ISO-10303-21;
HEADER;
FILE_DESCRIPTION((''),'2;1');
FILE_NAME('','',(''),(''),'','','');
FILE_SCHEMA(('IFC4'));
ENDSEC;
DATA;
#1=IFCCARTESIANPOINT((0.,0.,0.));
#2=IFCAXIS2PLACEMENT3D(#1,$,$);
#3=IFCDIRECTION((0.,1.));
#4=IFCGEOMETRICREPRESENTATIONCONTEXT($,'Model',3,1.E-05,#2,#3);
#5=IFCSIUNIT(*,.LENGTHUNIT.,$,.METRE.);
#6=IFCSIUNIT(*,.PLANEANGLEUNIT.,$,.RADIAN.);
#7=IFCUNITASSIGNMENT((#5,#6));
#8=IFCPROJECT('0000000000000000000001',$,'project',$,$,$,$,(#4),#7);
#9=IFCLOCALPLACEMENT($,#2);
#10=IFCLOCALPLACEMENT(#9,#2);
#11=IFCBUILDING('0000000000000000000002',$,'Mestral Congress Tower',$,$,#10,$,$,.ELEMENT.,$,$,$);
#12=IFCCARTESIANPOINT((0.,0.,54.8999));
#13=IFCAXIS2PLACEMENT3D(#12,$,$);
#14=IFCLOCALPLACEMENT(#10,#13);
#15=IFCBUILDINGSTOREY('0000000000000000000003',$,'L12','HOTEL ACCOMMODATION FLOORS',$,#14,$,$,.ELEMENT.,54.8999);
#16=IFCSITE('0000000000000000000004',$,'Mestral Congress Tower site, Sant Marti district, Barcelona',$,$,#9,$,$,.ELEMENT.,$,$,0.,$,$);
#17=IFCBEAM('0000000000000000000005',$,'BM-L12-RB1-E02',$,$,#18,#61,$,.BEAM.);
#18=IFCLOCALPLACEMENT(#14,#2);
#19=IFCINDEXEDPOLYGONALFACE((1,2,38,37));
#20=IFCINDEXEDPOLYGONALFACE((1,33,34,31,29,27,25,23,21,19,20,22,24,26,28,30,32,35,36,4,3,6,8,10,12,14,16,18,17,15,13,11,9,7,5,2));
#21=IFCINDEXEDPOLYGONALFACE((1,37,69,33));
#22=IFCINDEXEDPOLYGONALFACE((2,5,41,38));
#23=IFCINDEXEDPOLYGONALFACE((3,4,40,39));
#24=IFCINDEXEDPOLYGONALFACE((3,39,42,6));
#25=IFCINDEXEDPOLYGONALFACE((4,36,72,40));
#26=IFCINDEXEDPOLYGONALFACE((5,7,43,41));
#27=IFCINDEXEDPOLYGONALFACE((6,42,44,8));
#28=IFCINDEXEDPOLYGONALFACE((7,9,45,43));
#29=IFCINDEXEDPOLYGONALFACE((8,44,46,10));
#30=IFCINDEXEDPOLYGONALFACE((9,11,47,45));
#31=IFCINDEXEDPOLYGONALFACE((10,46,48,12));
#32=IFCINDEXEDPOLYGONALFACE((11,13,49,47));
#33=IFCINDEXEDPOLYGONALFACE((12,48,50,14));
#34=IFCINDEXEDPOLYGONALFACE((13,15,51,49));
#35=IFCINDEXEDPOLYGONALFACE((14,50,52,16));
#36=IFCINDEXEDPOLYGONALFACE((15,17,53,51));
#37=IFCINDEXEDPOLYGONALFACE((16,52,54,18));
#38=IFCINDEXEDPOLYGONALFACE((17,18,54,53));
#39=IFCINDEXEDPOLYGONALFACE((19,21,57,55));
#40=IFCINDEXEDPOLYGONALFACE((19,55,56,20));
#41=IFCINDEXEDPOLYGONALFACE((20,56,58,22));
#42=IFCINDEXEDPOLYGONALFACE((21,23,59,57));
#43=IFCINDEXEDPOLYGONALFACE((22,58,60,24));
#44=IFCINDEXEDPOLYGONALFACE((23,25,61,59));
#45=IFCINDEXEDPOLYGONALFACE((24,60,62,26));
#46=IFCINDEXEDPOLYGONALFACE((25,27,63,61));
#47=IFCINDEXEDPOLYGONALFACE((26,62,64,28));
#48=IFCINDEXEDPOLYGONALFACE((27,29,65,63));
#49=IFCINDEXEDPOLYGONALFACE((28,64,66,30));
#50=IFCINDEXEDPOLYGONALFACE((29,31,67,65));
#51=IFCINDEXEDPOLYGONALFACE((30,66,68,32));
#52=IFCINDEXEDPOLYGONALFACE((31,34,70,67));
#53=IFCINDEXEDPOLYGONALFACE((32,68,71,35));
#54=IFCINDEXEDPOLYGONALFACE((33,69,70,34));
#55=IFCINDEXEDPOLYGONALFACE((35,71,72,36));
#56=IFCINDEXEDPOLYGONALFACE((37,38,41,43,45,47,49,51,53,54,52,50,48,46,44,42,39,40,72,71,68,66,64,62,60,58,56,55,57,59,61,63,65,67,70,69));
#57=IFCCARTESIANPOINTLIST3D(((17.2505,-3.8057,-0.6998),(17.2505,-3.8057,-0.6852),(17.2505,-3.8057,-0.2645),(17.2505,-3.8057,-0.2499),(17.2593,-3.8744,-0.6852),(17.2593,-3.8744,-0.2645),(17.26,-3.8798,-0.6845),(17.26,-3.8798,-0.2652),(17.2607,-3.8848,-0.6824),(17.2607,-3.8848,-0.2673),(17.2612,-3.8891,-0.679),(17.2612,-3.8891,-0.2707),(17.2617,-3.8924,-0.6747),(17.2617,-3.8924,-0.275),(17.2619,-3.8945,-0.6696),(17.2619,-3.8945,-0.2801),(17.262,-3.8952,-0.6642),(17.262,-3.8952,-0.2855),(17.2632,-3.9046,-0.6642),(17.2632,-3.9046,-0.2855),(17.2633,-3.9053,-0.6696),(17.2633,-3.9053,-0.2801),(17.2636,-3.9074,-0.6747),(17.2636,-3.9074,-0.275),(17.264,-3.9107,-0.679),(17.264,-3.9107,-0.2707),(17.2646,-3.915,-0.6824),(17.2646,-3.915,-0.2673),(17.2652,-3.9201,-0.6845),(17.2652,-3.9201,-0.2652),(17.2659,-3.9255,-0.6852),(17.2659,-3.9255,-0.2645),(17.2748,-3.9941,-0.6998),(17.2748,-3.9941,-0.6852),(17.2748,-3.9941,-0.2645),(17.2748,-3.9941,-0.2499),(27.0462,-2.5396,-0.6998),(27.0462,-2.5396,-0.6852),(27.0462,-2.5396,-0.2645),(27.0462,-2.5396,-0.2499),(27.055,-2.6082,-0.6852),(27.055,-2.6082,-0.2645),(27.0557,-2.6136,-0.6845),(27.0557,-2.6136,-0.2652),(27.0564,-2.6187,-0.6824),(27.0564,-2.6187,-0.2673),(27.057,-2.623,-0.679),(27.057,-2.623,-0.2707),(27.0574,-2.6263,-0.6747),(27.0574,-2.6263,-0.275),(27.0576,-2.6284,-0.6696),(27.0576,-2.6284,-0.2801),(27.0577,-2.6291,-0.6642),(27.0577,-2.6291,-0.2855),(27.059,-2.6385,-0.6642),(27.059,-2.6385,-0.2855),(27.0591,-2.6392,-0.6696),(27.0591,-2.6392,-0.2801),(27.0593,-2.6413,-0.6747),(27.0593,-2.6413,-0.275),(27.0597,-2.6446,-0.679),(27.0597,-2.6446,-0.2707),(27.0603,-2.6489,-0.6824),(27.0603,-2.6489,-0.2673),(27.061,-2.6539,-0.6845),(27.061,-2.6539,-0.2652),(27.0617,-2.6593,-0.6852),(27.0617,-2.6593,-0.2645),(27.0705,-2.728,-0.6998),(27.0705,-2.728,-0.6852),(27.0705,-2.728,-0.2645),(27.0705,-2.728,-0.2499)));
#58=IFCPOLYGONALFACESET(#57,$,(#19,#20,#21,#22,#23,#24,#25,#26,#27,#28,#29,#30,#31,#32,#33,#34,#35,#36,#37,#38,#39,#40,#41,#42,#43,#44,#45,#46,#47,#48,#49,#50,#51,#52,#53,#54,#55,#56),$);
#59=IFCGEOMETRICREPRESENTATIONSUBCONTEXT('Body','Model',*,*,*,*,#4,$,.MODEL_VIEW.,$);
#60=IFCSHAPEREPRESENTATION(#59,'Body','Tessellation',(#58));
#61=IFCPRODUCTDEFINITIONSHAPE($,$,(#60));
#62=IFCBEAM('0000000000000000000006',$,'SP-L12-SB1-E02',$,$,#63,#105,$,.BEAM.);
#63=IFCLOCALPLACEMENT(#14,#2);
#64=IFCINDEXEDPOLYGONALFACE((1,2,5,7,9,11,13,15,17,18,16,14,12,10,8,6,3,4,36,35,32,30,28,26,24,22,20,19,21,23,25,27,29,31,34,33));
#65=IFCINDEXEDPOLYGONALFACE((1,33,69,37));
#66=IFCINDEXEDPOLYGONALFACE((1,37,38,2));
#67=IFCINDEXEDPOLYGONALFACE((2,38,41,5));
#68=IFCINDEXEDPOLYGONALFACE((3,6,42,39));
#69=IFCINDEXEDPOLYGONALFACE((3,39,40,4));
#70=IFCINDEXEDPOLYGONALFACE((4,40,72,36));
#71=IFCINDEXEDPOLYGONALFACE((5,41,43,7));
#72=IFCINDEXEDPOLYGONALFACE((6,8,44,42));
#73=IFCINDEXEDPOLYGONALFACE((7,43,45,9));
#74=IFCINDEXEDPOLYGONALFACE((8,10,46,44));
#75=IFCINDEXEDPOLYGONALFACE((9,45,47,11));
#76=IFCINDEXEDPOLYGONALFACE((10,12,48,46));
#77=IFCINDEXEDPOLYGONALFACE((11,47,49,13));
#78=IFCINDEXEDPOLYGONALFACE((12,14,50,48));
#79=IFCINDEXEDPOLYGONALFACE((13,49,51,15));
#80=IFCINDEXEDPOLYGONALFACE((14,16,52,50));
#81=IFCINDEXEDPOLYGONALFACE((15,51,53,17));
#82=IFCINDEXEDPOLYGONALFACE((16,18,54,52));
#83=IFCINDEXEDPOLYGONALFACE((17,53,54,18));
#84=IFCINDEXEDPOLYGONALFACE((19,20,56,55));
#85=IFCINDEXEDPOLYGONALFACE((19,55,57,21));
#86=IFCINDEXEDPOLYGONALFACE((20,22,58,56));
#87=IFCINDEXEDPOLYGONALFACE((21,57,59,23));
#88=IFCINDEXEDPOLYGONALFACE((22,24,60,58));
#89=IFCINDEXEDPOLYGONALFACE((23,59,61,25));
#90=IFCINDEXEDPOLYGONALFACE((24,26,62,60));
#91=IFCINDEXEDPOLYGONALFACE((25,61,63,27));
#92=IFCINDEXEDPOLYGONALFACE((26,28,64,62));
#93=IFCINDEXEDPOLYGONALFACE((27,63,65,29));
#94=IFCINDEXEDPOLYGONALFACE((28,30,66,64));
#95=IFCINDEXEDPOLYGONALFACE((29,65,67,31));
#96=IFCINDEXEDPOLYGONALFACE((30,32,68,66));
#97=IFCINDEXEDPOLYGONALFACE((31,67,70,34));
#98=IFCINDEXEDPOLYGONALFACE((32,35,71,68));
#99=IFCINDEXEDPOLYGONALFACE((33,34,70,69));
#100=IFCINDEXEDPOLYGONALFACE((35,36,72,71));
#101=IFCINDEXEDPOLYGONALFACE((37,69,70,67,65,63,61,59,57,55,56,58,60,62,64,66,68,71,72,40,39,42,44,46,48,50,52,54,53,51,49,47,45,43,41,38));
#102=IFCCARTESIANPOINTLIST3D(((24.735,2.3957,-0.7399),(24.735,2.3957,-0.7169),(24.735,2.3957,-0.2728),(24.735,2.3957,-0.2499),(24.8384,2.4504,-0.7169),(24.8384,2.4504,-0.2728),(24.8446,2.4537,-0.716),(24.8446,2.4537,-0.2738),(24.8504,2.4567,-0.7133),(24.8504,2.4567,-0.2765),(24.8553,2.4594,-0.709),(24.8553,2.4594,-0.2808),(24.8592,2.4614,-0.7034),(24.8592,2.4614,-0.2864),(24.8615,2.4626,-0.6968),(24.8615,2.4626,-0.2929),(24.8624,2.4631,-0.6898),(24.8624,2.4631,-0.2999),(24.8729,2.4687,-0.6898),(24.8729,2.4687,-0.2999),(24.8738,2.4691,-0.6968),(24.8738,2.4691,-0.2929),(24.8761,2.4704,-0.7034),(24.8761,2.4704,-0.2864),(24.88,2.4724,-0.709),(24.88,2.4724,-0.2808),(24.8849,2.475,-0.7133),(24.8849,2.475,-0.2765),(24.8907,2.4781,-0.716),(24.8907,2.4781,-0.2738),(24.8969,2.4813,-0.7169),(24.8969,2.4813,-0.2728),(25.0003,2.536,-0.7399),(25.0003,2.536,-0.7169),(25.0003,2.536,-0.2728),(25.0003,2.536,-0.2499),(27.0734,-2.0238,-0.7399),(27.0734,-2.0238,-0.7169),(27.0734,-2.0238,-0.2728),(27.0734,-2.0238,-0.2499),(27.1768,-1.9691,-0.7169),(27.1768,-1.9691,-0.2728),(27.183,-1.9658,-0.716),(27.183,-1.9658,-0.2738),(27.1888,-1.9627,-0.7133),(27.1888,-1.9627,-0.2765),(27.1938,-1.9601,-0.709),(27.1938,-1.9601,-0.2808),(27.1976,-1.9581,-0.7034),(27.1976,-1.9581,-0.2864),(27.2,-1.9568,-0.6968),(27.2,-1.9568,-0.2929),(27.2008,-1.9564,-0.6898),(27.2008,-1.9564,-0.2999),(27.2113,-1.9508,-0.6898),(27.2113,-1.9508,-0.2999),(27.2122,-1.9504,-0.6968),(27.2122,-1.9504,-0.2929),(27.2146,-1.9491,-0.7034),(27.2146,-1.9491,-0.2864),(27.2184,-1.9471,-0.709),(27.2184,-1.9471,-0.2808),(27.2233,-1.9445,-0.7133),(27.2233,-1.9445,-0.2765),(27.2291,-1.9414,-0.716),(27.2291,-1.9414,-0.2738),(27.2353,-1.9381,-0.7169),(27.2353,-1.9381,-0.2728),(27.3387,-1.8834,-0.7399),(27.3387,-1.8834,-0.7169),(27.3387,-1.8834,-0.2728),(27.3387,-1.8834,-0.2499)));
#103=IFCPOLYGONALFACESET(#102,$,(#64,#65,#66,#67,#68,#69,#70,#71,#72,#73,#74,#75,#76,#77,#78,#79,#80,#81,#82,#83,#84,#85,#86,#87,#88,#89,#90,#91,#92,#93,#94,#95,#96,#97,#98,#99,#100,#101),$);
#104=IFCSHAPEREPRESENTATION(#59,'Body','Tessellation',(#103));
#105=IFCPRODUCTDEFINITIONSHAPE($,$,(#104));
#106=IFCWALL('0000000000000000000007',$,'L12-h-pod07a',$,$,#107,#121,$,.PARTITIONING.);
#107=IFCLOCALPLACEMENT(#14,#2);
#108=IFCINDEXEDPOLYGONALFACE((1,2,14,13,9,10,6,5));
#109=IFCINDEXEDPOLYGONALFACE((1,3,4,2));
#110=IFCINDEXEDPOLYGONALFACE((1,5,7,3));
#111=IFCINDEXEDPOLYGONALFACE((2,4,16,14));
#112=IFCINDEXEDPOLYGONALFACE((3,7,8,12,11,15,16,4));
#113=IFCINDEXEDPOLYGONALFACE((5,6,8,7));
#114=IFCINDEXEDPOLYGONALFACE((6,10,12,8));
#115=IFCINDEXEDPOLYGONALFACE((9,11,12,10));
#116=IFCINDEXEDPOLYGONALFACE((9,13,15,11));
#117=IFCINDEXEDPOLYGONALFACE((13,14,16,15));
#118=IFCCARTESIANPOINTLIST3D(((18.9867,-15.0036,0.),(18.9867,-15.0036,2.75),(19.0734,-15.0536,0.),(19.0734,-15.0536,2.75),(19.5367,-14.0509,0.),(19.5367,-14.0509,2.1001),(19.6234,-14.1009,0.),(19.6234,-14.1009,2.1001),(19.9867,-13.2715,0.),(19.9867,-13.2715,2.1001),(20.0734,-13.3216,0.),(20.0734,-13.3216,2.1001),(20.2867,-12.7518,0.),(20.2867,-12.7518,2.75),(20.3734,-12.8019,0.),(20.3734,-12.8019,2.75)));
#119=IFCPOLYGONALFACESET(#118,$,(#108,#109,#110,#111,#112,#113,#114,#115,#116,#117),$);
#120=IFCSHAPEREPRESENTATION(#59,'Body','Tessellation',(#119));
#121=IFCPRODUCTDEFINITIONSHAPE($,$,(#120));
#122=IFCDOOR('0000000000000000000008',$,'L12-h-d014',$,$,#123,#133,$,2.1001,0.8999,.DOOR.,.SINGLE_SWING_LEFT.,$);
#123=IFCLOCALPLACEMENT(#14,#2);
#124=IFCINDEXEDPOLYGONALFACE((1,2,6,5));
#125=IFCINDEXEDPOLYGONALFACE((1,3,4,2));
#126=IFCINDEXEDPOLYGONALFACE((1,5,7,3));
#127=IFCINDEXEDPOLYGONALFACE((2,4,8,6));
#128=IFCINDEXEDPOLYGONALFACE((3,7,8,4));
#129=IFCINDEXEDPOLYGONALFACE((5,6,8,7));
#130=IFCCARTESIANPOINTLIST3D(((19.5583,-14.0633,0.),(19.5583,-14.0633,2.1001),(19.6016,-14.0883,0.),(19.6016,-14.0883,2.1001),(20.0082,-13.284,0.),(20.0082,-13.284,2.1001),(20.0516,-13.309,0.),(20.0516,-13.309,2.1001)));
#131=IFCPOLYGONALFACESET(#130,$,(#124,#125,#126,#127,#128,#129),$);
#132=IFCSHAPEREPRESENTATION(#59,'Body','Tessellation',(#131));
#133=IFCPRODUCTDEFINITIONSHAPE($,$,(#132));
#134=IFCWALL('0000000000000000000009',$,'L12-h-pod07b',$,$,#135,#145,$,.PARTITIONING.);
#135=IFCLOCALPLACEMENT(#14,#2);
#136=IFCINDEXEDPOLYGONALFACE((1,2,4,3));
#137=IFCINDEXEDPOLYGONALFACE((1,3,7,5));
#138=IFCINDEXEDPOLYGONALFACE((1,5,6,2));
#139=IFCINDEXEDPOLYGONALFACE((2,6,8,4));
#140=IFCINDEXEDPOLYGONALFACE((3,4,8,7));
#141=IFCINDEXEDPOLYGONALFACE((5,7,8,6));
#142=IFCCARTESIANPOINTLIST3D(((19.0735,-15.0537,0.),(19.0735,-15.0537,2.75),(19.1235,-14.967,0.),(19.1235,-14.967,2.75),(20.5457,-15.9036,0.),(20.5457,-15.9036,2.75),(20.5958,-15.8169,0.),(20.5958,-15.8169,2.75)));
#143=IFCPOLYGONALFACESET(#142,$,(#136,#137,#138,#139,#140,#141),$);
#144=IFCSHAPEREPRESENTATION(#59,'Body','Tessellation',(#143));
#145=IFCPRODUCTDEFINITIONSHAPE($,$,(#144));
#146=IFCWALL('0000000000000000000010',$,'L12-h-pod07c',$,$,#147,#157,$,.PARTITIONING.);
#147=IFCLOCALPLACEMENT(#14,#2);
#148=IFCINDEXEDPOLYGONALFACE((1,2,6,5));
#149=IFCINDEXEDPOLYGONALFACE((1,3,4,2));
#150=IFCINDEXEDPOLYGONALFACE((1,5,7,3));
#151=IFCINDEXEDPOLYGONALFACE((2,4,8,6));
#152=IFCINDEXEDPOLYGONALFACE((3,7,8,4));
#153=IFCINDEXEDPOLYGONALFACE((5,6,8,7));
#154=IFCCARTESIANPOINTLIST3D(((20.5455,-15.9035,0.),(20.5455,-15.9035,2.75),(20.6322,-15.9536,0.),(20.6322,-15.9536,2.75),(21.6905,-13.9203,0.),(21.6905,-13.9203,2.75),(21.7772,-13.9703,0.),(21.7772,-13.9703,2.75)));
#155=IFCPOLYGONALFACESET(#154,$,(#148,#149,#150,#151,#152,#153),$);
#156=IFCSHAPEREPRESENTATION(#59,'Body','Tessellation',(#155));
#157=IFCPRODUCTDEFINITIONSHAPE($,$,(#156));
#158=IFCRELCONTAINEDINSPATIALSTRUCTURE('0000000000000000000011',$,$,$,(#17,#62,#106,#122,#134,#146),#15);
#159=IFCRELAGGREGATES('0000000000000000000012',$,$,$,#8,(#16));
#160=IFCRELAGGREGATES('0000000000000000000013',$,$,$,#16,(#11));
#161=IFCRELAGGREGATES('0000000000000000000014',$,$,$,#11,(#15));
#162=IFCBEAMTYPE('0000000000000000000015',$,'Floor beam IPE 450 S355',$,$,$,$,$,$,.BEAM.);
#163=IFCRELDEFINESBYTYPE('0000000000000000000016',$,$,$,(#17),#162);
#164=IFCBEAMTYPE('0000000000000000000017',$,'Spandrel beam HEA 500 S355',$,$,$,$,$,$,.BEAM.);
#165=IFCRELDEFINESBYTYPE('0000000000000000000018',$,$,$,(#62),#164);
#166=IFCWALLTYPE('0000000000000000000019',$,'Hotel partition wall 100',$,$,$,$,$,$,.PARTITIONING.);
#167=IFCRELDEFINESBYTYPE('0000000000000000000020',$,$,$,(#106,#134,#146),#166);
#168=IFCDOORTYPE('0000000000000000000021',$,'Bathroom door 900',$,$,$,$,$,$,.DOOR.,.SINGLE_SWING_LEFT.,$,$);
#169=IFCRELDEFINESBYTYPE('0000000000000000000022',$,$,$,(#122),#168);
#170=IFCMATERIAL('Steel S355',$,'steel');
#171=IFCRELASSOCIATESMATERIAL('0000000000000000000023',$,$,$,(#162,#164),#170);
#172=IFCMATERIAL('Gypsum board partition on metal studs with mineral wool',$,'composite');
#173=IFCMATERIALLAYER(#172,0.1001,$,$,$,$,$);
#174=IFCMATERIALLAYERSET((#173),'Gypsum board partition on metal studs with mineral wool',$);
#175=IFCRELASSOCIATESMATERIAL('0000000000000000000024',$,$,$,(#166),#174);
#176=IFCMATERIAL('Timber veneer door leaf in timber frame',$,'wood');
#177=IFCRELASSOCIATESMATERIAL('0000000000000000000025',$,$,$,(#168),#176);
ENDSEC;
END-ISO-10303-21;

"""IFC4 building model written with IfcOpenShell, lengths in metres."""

from ifc_helpers import new_model, si_unit, direction, frame, frame_2d, origin, origin_2d, place, context, subcontext, project, spatial, rectangle, i_section, extrude, material, layer, layer_set, material_profile, profile_set, type_object, element, fill, save


model = new_model("IFC4")

# Units and contexts
model_context = context("Model", 3, precision=1e-05, world=origin(), true_north=direction((0.0, 1.0)))
body_context = subcontext(model_context, "Body", "Model", "MODEL_VIEW")
ifc_project = project(units=[si_unit("LENGTHUNIT", "METRE"), si_unit("PLANEANGLEUNIT", "RADIAN")], contexts=[model_context])

# Site, building, storey
site_placement = place(None, origin())
site = spatial("IfcSite", under=ifc_project, at=site_placement, Name="Mestral Congress Tower site, Sant Marti district, Barcelona", CompositionType="ELEMENT", RefElevation=0.0)
building_placement = place(site_placement, origin())
building = spatial("IfcBuilding", under=site, at=building_placement, Name="Mestral Congress Tower", CompositionType="ELEMENT")
storey_placement = place(building_placement, frame((0.0, 0.0, 54.8999)))
storey = spatial("IfcBuildingStorey", under=building, at=storey_placement, Name="L12", Description="HOTEL ACCOMMODATION FLOORS", CompositionType="ELEMENT", Elevation=54.8999)

# Beams
ifc_material_1 = material(Name="Steel S355", Category="steel")
ifc_material_profile_1 = material_profile(ifc_material_1, i_section(OverallWidth=0.1899, OverallDepth=0.45, WebThickness=0.0095, FlangeThickness=0.0146, FilletRadius=0.021, at=origin_2d()), Name="IPE 450")
ifc_profile_set_1 = profile_set([ifc_material_profile_1], Name="Steel S355")
beam_type_1 = type_object("IfcBeamType", Name="Floor beam IPE 450 S355", PredefinedType="BEAM", material=ifc_profile_set_1)
beam_1_placement = place(storey_placement, frame((27.0583, -2.6338, -0.4749), z_axis=(-0.99175, -0.128186, 0.0), x_axis=(0.128186, -0.99175, 0.0)))
element("IfcBeam", 1, at=beam_1_placement, inside=storey, type_object=beam_type_1, Name="BM-L12-RB1-E02", PredefinedType="BEAM", context=body_context, shape_type="SweptSolid", body=[
    extrude(i_section(OverallWidth=0.1899, OverallDepth=0.45, WebThickness=0.0095, FlangeThickness=0.0146, FilletRadius=0.021, at=origin_2d()), origin(), (0.0, 0.0, 1.0), 9.8772),
])
ifc_material_profile_2 = material_profile(ifc_material_1, i_section(OverallWidth=0.3, OverallDepth=0.49, WebThickness=0.012, FlangeThickness=0.0229, FilletRadius=0.0271, at=origin_2d()), Name="HEA 500")
ifc_profile_set_2 = profile_set([ifc_material_profile_2], Name="Steel S355")
beam_type_2 = type_object("IfcBeamType", Name="Spandrel beam HEA 500 S355", PredefinedType="BEAM", material=ifc_profile_set_2)
beam_2_placement = place(storey_placement, frame((27.2061, -1.9536, -0.4949), z_axis=(-0.467681, 0.883897, 0.0), x_axis=(-0.883897, -0.467681, 0.0)))
element("IfcBeam", 2, at=beam_2_placement, inside=storey, type_object=beam_type_2, Name="SP-L12-SB1-E02", PredefinedType="BEAM", context=body_context, shape_type="SweptSolid", body=[
    extrude(i_section(OverallWidth=0.3, OverallDepth=0.49, WebThickness=0.012, FlangeThickness=0.0229, FilletRadius=0.0271, at=origin_2d()), origin(), (0.0, 0.0, 1.0), 5.0),
])

# Wall, opening, door
ifc_material_2 = material(Name="Gypsum board partition on metal studs with mineral wool", Category="composite")
ifc_layer_1 = layer(ifc_material_2, 0.1001)
ifc_layer_set_1 = layer_set([ifc_layer_1], Name="Gypsum board partition on metal studs with mineral wool")
wall_type_1 = type_object("IfcWallType", Name="Hotel partition wall 100", PredefinedType="PARTITIONING", material=ifc_layer_set_1)
wall_1_placement = place(storey_placement, frame((20.3301, -12.7769, 0.0), z_axis=(0.0, 0.0, 1.0), x_axis=(-0.500007, -0.866021, 0.0)))
wall_1 = element("IfcWall", 3, at=wall_1_placement, inside=storey, type_object=wall_type_1, Name="L12-h-pod07a", PredefinedType="PARTITIONING", context=body_context, shape_type="SweptSolid", body=[
    extrude(rectangle(XDim=2.6001, YDim=0.1001, at=frame_2d((1.3, 0.0))), origin(), (0.0, 0.0, 1.0), 2.75),
])
opening_1_placement = place(wall_1_placement, frame((0.6001, 0.0, 0.0)))
opening_1 = element("IfcOpeningElement", 4, at=opening_1_placement, cuts=wall_1, PredefinedType="OPENING", context=body_context, shape_type="SweptSolid", body=[
    extrude(rectangle(XDim=0.8999, YDim=2.1001, at=frame_2d((0.45, 1.05))), frame((0.0, 0.0601, 0.0), z_axis=(0.0, -1.0, 0.0), x_axis=(1.0, 0.0, 0.0)), (0.0, 0.0, 1.0), 0.1201),
])
ifc_material_3 = material(Name="Timber veneer door leaf in timber frame", Category="wood")
door_type_1 = type_object("IfcDoorType", Name="Bathroom door 900", OperationType="SINGLE_SWING_LEFT", PredefinedType="DOOR", material=ifc_material_3)
door_1_placement = place(opening_1_placement, origin())
door_1 = element("IfcDoor", 5, at=door_1_placement, inside=storey, type_object=door_type_1, Name="L12-h-d014", OperationType="SINGLE_SWING_LEFT", OverallHeight=2.1001, OverallWidth=0.8999, PredefinedType="DOOR", context=body_context, shape_type="SweptSolid", body=[
    extrude(rectangle(XDim=0.8999, YDim=2.1001, at=frame_2d((0.45, 1.05))), frame((0.0, 0.0249, 0.0), z_axis=(0.0, -1.0, 0.0), x_axis=(1.0, 0.0, 0.0)), (0.0, 0.0, 1.0), 0.05),
])
fill(opening_1, door_1)

# Walls
wall_2_placement = place(storey_placement, frame((19.0984, -15.0103, 0.0), z_axis=(0.0, 0.0, 1.0), x_axis=(0.866052, -0.499955, 0.0)))
element("IfcWall", 6, at=wall_2_placement, inside=storey, type_object=wall_type_1, Name="L12-h-pod07b", PredefinedType="PARTITIONING", context=body_context, shape_type="SweptSolid", body=[
    extrude(rectangle(XDim=1.7, YDim=0.1001, at=frame_2d((0.8501, 0.0))), origin(), (0.0, 0.0, 1.0), 2.75),
])
wall_3_placement = place(storey_placement, frame((21.7339, -13.9453, 0.0), z_axis=(0.0, 0.0, 1.0), x_axis=(-0.500015, -0.866017, 0.0)))
element("IfcWall", 7, at=wall_3_placement, inside=storey, type_object=wall_type_1, Name="L12-h-pod07c", PredefinedType="PARTITIONING", context=body_context, shape_type="SweptSolid", body=[
    extrude(rectangle(XDim=2.29, YDim=0.1001, at=frame_2d((1.145, 0.0))), origin(), (0.0, 0.0, 1.0), 2.75),
])

save(model, "model.ifc")
